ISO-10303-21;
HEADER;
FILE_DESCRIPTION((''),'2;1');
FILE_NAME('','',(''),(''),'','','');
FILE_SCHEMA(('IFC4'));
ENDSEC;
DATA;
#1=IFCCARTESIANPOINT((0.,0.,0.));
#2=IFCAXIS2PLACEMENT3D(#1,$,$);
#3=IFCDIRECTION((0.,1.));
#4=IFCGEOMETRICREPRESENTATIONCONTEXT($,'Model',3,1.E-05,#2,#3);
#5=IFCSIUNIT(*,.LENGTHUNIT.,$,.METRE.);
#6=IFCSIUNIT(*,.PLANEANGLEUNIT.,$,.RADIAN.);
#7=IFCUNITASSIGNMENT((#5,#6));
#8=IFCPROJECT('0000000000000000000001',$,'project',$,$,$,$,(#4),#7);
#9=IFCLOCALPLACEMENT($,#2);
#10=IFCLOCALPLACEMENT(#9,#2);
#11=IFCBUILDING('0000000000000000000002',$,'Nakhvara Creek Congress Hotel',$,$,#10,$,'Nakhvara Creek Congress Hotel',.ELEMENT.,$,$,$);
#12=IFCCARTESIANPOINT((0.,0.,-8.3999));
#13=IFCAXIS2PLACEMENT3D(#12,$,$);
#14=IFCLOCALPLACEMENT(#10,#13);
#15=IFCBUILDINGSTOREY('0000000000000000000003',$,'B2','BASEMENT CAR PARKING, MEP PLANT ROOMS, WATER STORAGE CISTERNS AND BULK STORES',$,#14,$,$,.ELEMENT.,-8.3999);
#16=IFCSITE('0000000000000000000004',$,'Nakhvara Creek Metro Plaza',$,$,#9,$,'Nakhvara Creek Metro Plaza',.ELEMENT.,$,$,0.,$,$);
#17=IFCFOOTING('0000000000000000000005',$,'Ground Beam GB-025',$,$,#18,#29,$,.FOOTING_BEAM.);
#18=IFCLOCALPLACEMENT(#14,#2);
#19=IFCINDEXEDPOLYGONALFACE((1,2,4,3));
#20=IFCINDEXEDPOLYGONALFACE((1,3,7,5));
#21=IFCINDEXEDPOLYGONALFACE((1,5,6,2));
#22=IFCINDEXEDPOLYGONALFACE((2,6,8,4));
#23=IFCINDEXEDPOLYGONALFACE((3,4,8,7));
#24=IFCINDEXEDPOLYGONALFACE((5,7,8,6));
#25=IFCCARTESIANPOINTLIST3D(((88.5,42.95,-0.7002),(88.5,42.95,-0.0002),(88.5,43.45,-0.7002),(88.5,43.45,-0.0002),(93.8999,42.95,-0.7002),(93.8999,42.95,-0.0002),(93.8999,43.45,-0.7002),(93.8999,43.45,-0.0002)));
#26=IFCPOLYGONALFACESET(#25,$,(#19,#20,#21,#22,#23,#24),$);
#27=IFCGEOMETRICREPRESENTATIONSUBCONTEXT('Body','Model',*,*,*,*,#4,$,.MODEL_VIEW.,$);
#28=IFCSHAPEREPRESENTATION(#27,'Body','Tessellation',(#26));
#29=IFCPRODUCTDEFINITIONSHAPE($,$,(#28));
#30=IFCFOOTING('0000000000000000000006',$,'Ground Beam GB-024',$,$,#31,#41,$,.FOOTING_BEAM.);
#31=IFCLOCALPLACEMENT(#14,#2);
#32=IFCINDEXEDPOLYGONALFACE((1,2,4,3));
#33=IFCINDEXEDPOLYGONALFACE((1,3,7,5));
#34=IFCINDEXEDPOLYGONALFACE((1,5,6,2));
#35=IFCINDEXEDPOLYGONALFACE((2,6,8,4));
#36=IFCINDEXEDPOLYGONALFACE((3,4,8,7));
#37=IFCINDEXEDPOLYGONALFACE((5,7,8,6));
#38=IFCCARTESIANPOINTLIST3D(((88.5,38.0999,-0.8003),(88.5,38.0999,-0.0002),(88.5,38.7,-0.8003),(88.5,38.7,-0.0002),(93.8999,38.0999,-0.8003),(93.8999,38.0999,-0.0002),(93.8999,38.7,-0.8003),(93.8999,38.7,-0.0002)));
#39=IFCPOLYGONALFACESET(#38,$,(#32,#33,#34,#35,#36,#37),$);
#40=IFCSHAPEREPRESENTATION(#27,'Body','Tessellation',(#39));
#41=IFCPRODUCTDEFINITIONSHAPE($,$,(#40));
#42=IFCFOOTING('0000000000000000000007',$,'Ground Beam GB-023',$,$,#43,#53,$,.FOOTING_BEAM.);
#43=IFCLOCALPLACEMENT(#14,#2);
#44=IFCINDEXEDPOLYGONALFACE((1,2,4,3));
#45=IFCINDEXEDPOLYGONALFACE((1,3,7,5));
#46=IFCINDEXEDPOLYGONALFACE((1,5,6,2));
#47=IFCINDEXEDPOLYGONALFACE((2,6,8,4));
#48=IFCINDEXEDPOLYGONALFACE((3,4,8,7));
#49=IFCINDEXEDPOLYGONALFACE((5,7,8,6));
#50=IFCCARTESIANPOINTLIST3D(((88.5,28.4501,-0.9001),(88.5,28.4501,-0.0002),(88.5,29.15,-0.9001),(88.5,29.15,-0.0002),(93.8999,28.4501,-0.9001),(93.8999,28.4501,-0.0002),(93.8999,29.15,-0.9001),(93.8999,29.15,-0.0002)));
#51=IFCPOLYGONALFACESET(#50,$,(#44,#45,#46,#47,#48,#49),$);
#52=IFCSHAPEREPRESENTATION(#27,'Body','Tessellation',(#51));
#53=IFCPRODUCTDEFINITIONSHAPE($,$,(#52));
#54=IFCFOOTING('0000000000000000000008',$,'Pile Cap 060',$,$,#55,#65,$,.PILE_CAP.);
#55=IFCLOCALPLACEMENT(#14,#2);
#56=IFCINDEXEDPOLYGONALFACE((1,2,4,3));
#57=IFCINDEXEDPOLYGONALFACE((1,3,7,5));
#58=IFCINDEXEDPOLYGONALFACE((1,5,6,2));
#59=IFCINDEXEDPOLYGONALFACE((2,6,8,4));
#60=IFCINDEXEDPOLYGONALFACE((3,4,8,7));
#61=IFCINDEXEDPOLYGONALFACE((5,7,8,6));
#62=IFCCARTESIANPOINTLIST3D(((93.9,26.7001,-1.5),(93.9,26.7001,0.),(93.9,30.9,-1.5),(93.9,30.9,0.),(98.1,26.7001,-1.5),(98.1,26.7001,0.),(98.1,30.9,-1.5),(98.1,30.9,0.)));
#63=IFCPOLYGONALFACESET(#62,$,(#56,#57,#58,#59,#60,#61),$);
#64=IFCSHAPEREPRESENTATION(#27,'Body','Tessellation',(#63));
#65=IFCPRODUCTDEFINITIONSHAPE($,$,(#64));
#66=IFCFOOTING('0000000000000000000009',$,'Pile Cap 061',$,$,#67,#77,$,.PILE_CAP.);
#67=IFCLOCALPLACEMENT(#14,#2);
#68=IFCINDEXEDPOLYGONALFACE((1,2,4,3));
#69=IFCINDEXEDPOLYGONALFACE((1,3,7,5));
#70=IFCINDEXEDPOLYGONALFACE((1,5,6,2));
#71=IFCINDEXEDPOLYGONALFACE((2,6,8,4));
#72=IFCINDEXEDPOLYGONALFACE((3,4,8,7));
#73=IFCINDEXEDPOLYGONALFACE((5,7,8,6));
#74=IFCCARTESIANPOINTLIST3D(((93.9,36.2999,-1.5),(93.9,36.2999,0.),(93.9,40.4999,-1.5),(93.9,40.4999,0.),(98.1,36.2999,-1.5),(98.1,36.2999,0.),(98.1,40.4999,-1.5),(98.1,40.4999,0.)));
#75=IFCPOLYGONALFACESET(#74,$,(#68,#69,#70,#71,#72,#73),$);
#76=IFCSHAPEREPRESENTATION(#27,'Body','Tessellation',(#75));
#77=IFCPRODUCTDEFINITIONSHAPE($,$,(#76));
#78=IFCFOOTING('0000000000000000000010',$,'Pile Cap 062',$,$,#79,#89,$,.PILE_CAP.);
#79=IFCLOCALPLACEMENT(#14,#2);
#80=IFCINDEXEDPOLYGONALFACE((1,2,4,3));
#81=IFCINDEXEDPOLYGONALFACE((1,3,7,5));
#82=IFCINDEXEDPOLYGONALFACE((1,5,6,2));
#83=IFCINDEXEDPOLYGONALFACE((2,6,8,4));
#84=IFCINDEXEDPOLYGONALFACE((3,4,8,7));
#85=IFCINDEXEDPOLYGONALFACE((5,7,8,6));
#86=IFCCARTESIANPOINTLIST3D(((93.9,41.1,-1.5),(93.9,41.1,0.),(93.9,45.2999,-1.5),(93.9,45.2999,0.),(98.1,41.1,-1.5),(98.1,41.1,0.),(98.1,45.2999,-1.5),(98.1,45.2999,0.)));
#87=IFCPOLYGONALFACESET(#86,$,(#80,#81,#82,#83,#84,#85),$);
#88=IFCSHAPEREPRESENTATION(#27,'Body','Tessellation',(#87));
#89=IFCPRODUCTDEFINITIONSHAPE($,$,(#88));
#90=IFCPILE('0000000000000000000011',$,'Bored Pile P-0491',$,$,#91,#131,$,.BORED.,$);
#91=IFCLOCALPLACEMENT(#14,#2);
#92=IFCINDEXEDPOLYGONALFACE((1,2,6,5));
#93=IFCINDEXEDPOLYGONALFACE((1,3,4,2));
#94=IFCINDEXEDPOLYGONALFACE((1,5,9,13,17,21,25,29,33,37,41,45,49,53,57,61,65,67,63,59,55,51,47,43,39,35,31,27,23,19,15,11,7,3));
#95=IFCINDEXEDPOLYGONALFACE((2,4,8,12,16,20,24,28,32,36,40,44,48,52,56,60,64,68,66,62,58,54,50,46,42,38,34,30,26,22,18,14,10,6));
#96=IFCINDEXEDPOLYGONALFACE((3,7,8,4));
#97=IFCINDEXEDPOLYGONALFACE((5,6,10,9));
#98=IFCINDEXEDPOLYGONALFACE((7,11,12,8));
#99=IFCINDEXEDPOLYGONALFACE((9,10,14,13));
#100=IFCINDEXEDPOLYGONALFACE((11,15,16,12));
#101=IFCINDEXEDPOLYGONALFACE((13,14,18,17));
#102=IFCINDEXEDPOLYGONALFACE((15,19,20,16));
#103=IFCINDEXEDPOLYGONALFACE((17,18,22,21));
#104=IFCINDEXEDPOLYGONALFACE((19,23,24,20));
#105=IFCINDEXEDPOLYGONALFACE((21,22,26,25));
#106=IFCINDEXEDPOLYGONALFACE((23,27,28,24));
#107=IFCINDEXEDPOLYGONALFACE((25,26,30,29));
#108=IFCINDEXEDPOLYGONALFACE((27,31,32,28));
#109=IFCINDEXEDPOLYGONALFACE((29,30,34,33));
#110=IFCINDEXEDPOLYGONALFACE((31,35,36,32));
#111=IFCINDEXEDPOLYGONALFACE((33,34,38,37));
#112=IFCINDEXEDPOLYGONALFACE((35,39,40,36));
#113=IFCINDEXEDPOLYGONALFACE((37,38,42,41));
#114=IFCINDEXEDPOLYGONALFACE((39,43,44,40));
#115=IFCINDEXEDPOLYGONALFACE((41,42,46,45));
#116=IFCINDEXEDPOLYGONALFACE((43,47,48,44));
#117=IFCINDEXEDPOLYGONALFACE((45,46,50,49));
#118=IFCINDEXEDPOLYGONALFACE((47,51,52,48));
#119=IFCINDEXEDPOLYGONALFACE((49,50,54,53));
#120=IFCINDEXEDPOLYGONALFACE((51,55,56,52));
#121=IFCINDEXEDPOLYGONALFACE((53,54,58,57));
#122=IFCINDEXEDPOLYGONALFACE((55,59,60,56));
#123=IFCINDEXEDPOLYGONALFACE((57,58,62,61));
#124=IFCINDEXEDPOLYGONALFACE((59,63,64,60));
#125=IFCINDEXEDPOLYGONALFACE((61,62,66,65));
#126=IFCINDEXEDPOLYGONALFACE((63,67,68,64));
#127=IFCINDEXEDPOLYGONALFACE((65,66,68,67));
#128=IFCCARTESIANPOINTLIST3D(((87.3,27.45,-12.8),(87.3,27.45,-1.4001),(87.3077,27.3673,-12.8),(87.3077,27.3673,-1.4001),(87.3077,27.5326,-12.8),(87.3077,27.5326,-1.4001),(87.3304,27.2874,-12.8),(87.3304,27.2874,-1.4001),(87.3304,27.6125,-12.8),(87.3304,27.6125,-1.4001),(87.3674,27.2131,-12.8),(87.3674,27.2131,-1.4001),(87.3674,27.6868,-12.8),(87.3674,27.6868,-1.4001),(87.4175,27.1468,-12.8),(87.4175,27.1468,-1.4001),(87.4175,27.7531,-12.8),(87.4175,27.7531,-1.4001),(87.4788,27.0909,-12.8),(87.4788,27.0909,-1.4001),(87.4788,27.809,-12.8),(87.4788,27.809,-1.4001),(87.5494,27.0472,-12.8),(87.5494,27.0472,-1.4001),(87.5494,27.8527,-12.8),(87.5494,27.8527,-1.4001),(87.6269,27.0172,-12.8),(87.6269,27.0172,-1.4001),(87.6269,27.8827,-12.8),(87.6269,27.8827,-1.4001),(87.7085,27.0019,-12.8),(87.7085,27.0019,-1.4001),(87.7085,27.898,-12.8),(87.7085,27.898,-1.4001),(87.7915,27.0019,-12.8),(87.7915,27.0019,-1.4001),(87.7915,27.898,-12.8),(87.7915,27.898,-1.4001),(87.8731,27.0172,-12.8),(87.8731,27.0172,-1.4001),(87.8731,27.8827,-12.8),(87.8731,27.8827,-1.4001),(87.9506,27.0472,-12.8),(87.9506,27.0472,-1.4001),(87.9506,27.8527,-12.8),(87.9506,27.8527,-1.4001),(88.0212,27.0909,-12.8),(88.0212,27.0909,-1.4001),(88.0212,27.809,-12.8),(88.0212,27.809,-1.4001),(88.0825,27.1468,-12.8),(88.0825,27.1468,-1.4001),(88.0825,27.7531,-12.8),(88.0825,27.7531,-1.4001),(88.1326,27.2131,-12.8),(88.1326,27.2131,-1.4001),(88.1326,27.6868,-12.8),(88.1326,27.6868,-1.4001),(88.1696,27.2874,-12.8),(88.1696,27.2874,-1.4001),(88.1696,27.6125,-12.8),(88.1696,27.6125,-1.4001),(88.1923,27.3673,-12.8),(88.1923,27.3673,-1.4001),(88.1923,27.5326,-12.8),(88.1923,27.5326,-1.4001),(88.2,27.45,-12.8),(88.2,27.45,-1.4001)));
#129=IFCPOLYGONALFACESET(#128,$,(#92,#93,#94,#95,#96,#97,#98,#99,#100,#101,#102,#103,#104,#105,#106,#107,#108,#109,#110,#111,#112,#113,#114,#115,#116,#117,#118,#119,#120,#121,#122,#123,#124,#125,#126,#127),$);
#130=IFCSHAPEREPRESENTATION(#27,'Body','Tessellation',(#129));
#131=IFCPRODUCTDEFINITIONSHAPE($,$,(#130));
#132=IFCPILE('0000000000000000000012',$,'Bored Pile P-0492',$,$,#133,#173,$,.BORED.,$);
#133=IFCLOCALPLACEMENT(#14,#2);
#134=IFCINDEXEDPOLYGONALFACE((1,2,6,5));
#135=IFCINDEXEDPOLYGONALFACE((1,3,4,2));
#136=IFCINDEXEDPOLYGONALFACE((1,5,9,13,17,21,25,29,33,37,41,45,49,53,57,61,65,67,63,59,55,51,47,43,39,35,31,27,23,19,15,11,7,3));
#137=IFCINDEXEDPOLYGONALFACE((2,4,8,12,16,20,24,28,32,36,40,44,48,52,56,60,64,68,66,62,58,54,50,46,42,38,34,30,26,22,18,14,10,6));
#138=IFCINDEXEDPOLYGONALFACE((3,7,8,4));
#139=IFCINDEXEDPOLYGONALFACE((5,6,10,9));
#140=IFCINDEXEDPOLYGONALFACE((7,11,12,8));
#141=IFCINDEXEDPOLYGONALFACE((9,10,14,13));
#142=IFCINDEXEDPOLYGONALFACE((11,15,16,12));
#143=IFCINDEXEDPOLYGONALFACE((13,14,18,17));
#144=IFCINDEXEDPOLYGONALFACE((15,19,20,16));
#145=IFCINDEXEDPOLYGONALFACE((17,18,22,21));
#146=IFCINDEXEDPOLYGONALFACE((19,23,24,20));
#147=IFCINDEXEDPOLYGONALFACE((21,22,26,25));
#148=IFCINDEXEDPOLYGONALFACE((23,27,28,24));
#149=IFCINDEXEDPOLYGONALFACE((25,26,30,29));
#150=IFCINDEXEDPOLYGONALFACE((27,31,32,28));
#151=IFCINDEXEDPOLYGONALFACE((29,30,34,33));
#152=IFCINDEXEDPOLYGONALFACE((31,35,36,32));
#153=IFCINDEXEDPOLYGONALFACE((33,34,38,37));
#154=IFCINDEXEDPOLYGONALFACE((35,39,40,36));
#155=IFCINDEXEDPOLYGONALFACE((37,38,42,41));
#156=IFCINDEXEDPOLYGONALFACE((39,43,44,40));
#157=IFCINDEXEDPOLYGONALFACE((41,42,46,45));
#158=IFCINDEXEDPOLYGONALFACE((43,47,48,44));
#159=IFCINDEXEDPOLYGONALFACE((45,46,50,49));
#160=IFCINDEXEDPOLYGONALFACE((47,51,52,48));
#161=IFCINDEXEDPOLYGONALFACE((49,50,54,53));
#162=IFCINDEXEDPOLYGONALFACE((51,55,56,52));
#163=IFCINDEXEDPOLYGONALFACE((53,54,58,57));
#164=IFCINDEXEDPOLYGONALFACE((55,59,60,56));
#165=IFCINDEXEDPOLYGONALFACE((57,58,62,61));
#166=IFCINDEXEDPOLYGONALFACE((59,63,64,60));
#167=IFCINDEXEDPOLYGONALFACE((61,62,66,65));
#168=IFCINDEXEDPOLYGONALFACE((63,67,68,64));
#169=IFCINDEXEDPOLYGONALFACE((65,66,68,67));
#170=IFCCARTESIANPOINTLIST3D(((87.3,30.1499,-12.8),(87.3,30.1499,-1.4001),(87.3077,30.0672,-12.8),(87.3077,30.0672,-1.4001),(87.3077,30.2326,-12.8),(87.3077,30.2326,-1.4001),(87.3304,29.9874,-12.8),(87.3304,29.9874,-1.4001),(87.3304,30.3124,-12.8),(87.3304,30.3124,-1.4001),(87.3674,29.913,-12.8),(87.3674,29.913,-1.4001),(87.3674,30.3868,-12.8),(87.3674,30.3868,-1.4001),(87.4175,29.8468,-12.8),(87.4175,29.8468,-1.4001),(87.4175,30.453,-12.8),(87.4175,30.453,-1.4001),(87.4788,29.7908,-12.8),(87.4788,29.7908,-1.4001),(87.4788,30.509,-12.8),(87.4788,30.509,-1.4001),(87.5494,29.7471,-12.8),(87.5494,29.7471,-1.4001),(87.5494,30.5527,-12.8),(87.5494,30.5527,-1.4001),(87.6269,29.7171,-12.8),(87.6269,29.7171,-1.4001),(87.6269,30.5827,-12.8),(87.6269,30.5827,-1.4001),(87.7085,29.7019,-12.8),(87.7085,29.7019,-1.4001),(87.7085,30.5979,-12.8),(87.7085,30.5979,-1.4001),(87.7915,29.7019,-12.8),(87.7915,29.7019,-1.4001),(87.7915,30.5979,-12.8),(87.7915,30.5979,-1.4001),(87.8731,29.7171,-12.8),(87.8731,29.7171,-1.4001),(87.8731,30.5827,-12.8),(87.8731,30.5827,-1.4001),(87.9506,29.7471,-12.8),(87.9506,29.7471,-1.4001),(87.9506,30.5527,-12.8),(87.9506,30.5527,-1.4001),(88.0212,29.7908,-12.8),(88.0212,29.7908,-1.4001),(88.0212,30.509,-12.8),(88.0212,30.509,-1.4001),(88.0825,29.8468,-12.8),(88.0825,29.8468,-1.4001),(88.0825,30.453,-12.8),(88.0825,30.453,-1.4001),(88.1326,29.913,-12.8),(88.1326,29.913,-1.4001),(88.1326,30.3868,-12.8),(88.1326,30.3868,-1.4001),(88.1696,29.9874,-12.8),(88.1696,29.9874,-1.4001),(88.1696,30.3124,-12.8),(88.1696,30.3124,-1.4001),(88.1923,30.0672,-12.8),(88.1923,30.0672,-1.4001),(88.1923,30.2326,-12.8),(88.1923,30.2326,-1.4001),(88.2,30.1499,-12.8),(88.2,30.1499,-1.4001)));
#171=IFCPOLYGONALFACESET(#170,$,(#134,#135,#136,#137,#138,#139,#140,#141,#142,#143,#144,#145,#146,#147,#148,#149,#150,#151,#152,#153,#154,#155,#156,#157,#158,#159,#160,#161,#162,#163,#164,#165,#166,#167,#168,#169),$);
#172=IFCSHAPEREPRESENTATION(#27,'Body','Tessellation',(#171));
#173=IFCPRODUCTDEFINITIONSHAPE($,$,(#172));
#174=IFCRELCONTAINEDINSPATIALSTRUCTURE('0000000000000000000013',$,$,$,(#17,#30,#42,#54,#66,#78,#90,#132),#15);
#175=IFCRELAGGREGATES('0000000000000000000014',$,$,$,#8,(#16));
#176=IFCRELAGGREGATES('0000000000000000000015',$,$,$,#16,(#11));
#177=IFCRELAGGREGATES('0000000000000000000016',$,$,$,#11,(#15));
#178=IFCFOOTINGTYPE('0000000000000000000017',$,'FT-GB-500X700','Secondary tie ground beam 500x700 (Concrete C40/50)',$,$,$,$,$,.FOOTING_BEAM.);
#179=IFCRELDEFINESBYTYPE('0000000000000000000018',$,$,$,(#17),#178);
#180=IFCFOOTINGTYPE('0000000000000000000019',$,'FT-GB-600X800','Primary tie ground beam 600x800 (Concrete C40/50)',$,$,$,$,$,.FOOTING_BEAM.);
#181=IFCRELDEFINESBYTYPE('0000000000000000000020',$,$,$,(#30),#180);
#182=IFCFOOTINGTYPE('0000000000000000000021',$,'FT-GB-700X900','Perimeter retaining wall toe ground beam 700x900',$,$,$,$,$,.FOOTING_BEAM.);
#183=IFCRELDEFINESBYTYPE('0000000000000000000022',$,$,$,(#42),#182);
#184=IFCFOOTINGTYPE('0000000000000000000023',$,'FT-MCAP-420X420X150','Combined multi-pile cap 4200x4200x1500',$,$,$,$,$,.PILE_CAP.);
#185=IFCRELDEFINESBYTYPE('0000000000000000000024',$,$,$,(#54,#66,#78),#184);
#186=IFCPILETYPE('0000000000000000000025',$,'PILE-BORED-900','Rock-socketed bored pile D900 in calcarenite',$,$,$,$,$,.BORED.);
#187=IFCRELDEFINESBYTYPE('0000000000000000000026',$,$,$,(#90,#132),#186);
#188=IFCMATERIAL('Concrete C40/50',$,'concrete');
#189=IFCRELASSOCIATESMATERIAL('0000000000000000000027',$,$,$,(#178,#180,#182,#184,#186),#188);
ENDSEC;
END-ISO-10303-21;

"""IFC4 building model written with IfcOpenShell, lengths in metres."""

from ifc_helpers import new_model, si_unit, direction, frame, origin, origin_2d, place, context, subcontext, project, spatial, rectangle, circle, extrude, material, material_profile, profile_set, type_object, element, save


model = new_model("IFC4")

# Units and contexts
model_context = context("Model", 3, precision=1e-05, world=origin(), true_north=direction((0.0, 1.0)))
body_context = subcontext(model_context, "Body", "Model", "MODEL_VIEW")
ifc_project = project(units=[si_unit("LENGTHUNIT", "METRE"), si_unit("PLANEANGLEUNIT", "RADIAN")], contexts=[model_context])

# Site, building, storey
site_placement = place(None, origin())
site = spatial("IfcSite", under=ifc_project, at=site_placement, Name="Nakhvara Creek Metro Plaza", LongName="Nakhvara Creek Metro Plaza", CompositionType="ELEMENT", RefElevation=0.0)
building_placement = place(site_placement, origin())
building = spatial("IfcBuilding", under=site, at=building_placement, Name="Nakhvara Creek Congress Hotel", LongName="Nakhvara Creek Congress Hotel", CompositionType="ELEMENT")
storey_placement = place(building_placement, frame((0.0, 0.0, -8.3999)))
storey = spatial("IfcBuildingStorey", under=building, at=storey_placement, Name="B2", Description="BASEMENT CAR PARKING, MEP PLANT ROOMS, WATER STORAGE CISTERNS AND BULK STORES", CompositionType="ELEMENT", Elevation=-8.3999)

# Footings
ifc_material_1 = material(Name="Concrete C40/50", Category="concrete")
footing_type_1 = type_object("IfcFootingType", Name="FT-GB-500X700", Description="Secondary tie ground beam 500x700 (Concrete C40/50)", PredefinedType="FOOTING_BEAM", material=ifc_material_1)
footing_1_placement = place(storey_placement, frame((91.2, 43.2, -0.7002), z_axis=(0.0, 0.0, 1.0), x_axis=(1.0, 0.0, 0.0)))
element("IfcFooting", 1, at=footing_1_placement, inside=storey, type_object=footing_type_1, Name="Ground Beam GB-025", PredefinedType="FOOTING_BEAM", context=body_context, shape_type="SweptSolid", body=[
    extrude(rectangle(XDim=5.3999, YDim=0.5, at=origin_2d()), origin(), (0.0, 0.0, 1.0), 0.7),
])
footing_type_2 = type_object("IfcFootingType", Name="FT-GB-600X800", Description="Primary tie ground beam 600x800 (Concrete C40/50)", PredefinedType="FOOTING_BEAM", material=ifc_material_1)
footing_2_placement = place(storey_placement, frame((91.2, 38.3999, -0.8003), z_axis=(0.0, 0.0, 1.0), x_axis=(1.0, 0.0, 0.0)))
element("IfcFooting", 2, at=footing_2_placement, inside=storey, type_object=footing_type_2, Name="Ground Beam GB-024", PredefinedType="FOOTING_BEAM", context=body_context, shape_type="SweptSolid", body=[
    extrude(rectangle(XDim=5.3999, YDim=0.6001, at=origin_2d()), origin(), (0.0, 0.0, 1.0), 0.8),
])
footing_type_3 = type_object("IfcFootingType", Name="FT-GB-700X900", Description="Perimeter retaining wall toe ground beam 700x900", PredefinedType="FOOTING_BEAM", material=ifc_material_1)
footing_3_placement = place(storey_placement, frame((91.2, 28.8, -0.9001), z_axis=(0.0, 0.0, 1.0), x_axis=(1.0, 0.0, 0.0)))
element("IfcFooting", 3, at=footing_3_placement, inside=storey, type_object=footing_type_3, Name="Ground Beam GB-023", PredefinedType="FOOTING_BEAM", context=body_context, shape_type="SweptSolid", body=[
    extrude(rectangle(XDim=5.3999, YDim=0.7, at=origin_2d()), origin(), (0.0, 0.0, 1.0), 0.8999),
])
footing_type_4 = type_object("IfcFootingType", Name="FT-MCAP-420X420X150", Description="Combined multi-pile cap 4200x4200x1500", PredefinedType="PILE_CAP", material=ifc_material_1)
for number, where, z_axis, x_axis, name in (
    (4, (96.0, 28.8, -1.5), (0.0, 0.0, 1.0), (1.0, 0.0, 0.0), "Pile Cap 060"),
    (5, (96.0, 38.3999, -1.5), (0.0, 0.0, 1.0), (1.0, 0.0, 0.0), "Pile Cap 061"),
    (6, (96.0, 43.2, -1.5), (0.0, 0.0, 1.0), (1.0, 0.0, 0.0), "Pile Cap 062"),
):
    element("IfcFooting", number, at=place(storey_placement, frame(where, z_axis=z_axis, x_axis=x_axis)), inside=storey, type_object=footing_type_4, Name=name, PredefinedType="PILE_CAP", context=body_context, shape_type="SweptSolid", body=[
        extrude(rectangle(XDim=4.2, YDim=4.2, at=origin_2d()), origin(), (0.0, 0.0, 1.0), 1.5),
    ])

# Piles
ifc_material_profile_1 = material_profile(ifc_material_1, circle(Radius=0.45, at=origin_2d()), Name="BORED PILE D900", Category="LoadBearing")
ifc_profile_set_1 = profile_set([ifc_material_profile_1], Name="Concrete C40/50")
pile_type = type_object("IfcPileType", Name="PILE-BORED-900", Description="Rock-socketed bored pile D900 in calcarenite", PredefinedType="BORED", material=ifc_profile_set_1)
for number, where, z_axis, x_axis, name in (
    (7, (87.75, 27.45, -1.4001), (0.0, 0.0, -1.0), (1.0, 0.0, 0.0), "Bored Pile P-0491"),
    (8, (87.75, 30.1499, -1.4001), (0.0, 0.0, -1.0), (1.0, 0.0, 0.0), "Bored Pile P-0492"),
):
    element("IfcPile", number, at=place(storey_placement, frame(where, z_axis=z_axis, x_axis=x_axis)), inside=storey, type_object=pile_type, Name=name, PredefinedType="BORED", context=body_context, shape_type="SweptSolid", body=[
        extrude(circle(Radius=0.45, at=origin_2d()), origin(), (0.0, 0.0, 1.0), 11.3999),
    ])

save(model, "model.ifc")
